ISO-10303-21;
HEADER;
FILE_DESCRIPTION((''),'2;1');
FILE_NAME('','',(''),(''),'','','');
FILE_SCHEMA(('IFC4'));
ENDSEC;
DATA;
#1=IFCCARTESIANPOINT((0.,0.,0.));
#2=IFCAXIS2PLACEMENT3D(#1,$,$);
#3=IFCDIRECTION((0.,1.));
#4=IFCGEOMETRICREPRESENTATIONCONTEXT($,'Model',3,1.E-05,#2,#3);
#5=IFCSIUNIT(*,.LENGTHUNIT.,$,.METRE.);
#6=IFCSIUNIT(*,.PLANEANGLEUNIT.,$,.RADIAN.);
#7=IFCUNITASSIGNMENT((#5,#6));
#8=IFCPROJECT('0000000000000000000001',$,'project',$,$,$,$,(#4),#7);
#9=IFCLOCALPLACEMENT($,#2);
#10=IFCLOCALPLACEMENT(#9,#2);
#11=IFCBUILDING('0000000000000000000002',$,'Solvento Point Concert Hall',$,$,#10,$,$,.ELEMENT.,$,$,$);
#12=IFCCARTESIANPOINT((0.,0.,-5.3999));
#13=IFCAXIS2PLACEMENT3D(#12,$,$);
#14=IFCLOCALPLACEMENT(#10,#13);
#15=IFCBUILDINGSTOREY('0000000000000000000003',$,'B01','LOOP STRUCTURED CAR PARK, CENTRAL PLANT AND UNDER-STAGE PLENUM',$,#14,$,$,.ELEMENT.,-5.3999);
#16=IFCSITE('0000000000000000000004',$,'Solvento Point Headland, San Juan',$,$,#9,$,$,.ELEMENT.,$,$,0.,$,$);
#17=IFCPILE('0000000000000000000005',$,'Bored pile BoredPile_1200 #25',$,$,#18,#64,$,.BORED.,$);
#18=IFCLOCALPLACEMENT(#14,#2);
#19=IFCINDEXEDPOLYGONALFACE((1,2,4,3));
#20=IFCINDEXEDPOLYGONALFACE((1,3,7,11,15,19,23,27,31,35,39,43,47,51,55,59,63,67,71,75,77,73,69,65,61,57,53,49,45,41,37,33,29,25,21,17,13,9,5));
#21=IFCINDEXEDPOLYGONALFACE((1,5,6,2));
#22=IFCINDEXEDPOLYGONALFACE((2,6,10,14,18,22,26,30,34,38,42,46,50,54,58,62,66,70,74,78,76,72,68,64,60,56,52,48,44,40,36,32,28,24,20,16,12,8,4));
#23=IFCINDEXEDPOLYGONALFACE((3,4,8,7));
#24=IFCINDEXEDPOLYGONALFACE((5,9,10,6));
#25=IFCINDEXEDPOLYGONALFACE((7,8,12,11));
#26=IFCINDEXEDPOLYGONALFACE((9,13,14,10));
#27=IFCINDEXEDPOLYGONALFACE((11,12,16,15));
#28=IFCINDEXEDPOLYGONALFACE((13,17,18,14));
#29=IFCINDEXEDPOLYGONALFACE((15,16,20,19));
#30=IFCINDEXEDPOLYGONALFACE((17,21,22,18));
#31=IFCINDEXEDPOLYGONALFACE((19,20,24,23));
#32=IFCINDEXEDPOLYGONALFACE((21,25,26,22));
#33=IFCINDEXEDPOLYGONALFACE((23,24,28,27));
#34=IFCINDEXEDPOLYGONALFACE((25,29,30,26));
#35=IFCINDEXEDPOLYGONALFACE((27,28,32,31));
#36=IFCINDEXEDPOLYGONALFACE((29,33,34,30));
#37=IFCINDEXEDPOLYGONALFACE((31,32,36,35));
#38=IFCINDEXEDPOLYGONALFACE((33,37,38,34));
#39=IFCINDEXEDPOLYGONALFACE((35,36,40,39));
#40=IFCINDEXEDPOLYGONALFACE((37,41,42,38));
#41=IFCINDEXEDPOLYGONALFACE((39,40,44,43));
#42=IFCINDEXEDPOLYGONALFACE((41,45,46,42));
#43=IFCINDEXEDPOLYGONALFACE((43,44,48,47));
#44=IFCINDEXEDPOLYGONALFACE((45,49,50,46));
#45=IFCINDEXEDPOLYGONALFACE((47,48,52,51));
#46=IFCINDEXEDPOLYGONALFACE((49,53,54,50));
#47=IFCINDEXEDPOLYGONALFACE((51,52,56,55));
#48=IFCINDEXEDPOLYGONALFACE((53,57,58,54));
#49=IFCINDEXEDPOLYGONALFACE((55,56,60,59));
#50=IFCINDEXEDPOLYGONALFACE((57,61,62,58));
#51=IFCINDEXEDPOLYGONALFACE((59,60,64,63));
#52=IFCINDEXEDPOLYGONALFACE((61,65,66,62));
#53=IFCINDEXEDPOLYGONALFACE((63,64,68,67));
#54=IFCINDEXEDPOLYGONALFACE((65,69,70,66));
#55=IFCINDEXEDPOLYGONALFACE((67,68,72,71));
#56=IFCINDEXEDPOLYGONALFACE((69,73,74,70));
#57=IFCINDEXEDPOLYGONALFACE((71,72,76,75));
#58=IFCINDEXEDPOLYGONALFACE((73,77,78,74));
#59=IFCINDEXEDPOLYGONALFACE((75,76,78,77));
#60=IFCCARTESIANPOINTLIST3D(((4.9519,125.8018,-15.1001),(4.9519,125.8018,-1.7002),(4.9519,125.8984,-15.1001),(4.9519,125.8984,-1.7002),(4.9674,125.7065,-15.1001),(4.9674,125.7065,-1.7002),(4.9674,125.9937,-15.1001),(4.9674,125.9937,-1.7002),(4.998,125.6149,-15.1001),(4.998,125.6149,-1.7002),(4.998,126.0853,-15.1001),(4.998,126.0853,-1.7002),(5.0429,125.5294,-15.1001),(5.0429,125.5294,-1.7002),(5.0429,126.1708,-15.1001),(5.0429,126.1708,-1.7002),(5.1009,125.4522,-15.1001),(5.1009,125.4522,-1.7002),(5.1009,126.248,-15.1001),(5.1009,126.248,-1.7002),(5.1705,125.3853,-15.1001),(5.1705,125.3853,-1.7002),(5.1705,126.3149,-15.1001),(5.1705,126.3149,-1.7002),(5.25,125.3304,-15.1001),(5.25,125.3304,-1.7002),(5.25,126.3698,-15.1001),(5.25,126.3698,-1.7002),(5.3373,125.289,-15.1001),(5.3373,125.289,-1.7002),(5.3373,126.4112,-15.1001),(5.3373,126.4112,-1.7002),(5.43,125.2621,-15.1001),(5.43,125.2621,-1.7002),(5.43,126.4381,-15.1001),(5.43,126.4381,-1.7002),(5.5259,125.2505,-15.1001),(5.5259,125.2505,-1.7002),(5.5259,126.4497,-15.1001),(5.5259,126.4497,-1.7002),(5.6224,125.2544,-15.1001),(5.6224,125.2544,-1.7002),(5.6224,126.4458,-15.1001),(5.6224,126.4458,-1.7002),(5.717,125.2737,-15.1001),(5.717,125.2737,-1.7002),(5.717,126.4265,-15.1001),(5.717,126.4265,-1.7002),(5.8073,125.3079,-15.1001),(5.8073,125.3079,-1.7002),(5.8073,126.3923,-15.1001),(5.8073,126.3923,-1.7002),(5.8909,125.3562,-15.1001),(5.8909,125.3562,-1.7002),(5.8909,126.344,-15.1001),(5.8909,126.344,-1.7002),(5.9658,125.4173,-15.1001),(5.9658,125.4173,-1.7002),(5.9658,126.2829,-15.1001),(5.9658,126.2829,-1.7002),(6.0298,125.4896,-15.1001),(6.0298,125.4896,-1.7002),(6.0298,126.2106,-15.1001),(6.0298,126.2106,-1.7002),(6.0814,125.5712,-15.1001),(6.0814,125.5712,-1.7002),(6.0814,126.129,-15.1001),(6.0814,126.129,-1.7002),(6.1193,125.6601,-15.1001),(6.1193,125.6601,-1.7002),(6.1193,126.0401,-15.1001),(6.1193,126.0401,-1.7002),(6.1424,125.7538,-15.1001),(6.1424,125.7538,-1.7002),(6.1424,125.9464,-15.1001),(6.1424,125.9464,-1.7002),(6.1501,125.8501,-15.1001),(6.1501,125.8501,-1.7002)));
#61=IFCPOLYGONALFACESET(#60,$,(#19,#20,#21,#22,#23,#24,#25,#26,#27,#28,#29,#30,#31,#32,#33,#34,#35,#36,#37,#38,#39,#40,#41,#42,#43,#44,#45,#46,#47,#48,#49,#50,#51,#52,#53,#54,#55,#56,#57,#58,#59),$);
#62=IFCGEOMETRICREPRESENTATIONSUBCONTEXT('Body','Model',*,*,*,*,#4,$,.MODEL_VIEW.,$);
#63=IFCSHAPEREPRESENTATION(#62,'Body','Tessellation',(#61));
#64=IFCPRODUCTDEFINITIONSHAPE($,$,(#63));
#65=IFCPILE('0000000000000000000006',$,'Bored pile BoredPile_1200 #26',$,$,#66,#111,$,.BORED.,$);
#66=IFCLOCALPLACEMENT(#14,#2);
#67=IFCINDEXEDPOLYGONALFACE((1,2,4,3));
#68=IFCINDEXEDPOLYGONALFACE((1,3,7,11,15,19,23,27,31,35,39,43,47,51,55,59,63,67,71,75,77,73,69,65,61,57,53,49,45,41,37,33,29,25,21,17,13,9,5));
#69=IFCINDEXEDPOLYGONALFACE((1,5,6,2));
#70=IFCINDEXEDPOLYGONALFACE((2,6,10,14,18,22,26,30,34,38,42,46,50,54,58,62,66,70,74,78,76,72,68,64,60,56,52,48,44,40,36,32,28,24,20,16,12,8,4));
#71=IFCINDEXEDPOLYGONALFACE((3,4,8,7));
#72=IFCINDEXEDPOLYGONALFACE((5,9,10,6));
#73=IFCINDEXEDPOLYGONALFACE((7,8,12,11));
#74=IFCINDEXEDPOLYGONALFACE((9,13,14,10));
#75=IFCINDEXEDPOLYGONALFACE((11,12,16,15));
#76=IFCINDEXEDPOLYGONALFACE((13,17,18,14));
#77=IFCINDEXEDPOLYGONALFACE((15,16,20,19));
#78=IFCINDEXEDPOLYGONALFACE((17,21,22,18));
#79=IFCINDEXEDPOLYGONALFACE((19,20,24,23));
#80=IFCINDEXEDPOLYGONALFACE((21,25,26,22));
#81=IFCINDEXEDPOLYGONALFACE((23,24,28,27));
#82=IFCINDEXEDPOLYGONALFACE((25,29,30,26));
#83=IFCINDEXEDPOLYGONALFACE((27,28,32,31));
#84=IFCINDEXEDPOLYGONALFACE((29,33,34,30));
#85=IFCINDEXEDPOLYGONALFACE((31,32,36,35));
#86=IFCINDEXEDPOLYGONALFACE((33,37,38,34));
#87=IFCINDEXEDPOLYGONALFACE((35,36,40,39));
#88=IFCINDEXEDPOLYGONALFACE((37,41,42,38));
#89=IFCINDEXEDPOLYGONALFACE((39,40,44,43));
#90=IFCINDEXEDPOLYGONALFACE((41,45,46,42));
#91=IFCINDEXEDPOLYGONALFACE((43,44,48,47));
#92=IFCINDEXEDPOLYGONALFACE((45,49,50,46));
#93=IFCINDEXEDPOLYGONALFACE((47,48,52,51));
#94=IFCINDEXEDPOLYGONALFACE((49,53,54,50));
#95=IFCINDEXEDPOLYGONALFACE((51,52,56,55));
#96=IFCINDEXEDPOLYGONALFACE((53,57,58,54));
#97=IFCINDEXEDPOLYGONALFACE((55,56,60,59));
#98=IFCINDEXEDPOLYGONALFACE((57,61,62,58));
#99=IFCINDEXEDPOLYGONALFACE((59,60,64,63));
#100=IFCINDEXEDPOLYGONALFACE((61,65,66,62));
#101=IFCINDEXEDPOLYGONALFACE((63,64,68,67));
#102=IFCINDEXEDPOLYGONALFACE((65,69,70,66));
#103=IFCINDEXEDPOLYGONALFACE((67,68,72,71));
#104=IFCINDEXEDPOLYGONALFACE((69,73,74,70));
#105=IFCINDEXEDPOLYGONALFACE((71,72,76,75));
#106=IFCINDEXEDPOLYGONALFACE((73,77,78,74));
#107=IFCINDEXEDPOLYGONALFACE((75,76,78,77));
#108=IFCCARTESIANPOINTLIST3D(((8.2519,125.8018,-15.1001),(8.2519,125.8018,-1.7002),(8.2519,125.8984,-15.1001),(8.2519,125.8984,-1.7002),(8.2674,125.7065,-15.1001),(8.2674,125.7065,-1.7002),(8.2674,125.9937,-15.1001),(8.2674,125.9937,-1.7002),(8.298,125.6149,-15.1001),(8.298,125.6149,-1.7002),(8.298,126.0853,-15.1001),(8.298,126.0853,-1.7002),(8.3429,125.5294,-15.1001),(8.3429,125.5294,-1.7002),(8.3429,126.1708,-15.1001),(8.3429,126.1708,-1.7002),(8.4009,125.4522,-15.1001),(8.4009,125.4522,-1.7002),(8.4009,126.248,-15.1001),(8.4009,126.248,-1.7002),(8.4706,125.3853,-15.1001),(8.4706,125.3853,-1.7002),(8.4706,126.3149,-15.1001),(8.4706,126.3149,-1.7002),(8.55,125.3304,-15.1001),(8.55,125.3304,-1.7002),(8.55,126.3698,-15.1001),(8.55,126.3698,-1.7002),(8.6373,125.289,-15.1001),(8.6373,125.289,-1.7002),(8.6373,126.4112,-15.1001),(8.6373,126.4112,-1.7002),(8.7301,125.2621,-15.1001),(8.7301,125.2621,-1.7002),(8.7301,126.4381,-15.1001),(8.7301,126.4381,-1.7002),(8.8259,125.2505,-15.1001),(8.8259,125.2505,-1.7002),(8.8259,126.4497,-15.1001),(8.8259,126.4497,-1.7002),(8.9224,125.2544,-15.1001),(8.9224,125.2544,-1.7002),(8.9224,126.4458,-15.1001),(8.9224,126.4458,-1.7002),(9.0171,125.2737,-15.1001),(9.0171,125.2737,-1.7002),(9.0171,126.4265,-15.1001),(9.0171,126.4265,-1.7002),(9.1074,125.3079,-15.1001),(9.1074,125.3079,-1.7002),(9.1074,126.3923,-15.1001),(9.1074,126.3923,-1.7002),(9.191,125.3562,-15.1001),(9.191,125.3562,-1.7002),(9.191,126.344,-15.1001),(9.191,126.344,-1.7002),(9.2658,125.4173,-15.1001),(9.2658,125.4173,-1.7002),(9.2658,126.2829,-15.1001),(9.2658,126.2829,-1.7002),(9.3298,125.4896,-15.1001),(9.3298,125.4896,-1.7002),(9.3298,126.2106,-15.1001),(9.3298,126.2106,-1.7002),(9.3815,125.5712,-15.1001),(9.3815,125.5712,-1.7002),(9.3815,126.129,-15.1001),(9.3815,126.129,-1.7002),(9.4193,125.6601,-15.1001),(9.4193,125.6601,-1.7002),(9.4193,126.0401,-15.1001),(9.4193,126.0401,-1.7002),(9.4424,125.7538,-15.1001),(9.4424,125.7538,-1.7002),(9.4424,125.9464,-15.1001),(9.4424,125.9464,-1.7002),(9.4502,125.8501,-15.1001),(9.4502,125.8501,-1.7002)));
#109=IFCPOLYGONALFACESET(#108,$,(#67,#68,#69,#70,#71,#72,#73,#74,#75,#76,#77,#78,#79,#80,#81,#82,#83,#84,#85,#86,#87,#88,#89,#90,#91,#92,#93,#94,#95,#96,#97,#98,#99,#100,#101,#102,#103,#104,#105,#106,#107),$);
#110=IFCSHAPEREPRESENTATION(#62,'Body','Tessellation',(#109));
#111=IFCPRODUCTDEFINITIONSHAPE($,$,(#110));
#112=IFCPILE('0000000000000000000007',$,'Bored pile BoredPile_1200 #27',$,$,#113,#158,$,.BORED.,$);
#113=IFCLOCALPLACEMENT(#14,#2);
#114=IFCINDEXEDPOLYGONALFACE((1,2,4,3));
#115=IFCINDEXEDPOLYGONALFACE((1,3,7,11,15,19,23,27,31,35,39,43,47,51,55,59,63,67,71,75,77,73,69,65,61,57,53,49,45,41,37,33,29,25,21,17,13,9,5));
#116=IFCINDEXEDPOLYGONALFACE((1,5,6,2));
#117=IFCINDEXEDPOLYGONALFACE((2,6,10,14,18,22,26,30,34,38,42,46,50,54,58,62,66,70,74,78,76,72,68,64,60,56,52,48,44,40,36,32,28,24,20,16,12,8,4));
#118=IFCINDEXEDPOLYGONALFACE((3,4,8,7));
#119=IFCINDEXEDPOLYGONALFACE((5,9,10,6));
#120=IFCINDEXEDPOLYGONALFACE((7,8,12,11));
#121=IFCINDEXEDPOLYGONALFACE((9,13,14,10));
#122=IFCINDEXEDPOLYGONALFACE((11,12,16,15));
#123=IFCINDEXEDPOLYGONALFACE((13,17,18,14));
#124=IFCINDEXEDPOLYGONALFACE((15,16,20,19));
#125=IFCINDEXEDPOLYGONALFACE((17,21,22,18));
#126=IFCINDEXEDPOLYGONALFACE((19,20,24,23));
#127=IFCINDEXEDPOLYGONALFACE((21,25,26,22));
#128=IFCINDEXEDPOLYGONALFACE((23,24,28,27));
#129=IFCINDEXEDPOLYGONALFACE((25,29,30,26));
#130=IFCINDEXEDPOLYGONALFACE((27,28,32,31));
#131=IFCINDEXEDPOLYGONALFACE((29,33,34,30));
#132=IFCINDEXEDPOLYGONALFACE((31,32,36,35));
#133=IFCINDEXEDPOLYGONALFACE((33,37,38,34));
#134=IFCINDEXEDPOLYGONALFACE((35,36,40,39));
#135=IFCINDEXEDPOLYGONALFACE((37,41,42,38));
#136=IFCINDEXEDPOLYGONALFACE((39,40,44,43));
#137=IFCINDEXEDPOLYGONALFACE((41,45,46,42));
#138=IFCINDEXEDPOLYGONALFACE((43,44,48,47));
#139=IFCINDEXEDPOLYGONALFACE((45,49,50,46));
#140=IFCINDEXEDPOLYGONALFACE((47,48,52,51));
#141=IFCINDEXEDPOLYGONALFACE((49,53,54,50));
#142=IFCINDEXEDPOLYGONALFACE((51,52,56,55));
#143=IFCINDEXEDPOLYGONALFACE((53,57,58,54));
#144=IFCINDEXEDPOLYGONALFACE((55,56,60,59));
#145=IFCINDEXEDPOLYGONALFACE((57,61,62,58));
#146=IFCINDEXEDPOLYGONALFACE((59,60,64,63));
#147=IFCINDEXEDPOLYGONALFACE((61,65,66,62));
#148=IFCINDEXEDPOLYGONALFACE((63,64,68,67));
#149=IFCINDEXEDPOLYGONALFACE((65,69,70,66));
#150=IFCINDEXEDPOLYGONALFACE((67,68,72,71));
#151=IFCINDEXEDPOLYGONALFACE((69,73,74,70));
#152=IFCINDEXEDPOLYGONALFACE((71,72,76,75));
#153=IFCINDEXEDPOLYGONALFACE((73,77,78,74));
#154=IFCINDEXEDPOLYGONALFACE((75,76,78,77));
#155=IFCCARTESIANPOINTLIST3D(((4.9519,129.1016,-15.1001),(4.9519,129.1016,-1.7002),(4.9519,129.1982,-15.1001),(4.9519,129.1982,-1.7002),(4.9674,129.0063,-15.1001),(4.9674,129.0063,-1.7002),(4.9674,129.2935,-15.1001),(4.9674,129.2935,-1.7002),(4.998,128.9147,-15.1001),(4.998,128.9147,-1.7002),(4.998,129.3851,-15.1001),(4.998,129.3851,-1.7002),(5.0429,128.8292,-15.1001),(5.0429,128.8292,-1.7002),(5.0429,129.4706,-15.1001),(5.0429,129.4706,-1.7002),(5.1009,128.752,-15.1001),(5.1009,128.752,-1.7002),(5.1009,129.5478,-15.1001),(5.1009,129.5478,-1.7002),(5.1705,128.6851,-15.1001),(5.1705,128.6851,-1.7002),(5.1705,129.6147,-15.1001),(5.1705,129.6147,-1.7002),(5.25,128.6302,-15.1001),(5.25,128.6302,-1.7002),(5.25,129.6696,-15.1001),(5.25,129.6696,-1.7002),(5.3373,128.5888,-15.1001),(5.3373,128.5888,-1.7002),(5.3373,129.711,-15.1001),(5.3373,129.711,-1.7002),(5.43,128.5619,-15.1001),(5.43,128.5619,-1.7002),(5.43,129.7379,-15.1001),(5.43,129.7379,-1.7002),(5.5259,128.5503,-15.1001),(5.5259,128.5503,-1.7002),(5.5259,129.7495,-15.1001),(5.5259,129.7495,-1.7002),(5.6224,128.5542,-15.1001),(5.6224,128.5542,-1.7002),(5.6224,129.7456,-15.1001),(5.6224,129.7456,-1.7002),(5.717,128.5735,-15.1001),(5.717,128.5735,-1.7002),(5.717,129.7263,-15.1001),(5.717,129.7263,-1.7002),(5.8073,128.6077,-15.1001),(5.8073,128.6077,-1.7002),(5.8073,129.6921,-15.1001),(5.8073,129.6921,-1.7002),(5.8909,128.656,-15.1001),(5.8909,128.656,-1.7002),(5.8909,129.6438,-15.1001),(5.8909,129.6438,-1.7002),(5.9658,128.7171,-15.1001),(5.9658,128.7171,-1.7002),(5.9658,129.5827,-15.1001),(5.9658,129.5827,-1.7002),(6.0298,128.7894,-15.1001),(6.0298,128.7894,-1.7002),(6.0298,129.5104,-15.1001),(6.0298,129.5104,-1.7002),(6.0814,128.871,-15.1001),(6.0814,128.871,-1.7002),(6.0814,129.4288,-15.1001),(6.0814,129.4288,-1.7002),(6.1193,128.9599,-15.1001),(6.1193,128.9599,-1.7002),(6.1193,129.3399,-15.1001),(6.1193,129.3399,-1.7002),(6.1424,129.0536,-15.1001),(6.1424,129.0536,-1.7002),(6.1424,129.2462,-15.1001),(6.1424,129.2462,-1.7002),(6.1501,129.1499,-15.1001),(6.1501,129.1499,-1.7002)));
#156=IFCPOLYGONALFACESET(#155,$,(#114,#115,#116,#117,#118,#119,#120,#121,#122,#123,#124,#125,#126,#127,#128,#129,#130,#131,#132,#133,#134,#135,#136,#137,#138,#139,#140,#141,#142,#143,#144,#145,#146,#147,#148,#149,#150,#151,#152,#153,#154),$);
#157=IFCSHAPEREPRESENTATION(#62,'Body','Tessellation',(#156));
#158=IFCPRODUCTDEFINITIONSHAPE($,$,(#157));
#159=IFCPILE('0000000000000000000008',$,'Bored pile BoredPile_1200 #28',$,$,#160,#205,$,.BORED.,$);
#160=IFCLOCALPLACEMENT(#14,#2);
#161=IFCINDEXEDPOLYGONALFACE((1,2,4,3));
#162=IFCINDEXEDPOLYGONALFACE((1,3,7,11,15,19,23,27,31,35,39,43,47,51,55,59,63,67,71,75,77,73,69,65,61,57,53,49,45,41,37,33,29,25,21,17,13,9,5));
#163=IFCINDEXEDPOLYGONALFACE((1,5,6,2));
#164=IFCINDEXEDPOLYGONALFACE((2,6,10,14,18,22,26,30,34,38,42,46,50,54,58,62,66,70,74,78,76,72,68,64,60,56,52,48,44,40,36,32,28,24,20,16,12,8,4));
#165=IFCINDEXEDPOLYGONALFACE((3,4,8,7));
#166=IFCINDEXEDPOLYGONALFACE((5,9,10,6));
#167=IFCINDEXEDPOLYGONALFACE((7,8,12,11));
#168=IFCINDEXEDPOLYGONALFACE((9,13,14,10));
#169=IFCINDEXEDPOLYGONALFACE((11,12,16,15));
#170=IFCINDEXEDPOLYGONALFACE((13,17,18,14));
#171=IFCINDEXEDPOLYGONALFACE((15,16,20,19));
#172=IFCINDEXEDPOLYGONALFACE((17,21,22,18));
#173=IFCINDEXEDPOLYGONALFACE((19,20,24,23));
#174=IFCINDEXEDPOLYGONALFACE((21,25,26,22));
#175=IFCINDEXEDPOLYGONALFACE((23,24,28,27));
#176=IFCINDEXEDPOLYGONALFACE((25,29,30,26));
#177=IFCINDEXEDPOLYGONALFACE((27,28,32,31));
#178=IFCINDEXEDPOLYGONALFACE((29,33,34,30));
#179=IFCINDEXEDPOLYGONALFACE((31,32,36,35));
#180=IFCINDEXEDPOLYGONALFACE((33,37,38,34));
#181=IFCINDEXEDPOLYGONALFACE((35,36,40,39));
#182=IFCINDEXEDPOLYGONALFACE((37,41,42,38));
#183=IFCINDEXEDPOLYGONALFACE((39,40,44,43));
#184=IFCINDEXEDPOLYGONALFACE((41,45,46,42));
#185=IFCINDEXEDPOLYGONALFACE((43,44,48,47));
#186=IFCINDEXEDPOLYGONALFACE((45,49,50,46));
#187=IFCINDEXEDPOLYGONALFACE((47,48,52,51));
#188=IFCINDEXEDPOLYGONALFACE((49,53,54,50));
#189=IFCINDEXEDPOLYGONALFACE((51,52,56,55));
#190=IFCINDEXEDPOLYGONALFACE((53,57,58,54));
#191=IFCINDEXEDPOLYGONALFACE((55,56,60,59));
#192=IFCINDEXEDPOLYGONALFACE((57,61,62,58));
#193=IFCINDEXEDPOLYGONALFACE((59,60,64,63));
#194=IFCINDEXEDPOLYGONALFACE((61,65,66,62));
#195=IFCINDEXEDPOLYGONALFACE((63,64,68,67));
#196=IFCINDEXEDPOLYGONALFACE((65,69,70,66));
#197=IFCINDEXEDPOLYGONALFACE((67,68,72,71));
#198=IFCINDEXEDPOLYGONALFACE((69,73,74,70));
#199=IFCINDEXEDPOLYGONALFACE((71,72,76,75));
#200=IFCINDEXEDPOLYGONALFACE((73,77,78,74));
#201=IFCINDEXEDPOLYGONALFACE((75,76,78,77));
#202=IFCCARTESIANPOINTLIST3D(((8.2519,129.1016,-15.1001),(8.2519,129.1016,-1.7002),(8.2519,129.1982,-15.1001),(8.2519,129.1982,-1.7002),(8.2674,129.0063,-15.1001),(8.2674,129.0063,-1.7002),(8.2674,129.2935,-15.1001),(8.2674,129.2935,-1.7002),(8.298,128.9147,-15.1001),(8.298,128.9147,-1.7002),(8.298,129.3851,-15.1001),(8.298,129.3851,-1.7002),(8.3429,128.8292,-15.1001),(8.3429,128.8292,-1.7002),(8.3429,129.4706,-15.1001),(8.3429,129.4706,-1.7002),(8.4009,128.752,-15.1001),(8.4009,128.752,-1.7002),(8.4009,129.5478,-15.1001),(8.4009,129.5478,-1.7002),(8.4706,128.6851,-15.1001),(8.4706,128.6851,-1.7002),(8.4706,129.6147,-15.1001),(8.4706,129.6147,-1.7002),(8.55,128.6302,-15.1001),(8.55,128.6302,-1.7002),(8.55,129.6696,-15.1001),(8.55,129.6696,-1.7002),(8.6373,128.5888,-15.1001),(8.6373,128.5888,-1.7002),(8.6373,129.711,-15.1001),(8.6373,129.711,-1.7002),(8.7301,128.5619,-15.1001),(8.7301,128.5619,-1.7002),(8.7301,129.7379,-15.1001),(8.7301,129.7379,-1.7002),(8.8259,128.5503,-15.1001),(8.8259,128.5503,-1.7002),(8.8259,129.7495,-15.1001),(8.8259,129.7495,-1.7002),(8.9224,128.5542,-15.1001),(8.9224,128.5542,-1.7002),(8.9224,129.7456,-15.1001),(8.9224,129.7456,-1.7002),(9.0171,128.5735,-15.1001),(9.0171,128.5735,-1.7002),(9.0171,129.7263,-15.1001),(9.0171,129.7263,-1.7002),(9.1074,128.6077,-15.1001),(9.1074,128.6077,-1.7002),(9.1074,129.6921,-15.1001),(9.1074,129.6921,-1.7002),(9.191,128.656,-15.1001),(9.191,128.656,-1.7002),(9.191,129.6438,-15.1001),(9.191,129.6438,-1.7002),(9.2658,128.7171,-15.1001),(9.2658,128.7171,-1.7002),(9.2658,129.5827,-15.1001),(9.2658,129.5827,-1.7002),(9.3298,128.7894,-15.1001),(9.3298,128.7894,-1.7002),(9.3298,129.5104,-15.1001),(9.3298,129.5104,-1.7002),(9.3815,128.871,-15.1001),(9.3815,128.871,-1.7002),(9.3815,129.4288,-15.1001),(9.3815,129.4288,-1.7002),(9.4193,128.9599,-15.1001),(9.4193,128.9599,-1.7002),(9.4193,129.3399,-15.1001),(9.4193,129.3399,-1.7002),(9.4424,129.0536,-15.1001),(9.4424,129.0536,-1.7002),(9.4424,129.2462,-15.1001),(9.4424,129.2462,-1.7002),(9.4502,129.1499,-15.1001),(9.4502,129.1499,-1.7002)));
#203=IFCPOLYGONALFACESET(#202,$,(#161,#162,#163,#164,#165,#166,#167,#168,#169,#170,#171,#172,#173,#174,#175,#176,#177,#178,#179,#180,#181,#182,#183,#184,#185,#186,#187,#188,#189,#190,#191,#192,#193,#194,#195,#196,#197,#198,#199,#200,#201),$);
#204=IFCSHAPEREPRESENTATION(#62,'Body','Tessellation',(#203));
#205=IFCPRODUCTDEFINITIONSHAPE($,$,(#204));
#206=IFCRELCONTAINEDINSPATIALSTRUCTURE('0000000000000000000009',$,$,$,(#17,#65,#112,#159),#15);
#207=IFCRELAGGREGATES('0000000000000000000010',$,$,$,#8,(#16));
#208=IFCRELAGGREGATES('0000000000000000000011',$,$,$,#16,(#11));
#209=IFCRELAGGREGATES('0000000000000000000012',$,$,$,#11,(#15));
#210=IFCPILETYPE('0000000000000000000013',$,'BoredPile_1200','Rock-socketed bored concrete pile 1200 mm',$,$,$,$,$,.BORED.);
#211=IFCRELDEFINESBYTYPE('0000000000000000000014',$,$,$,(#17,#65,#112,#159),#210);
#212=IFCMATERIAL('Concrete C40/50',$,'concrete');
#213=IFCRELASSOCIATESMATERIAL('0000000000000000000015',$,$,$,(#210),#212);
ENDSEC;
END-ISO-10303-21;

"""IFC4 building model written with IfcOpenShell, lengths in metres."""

from ifc_helpers import new_model, si_unit, direction, frame, origin, origin_2d, place, context, subcontext, project, spatial, circle, extrude, material, material_profile, profile_set, type_object, element, save


model = new_model("IFC4")

# Units and contexts
model_context = context("Model", 3, precision=1e-05, world=origin(), true_north=direction((0.0, 1.0)))
body_context = subcontext(model_context, "Body", "Model", "MODEL_VIEW")
ifc_project = project(units=[si_unit("LENGTHUNIT", "METRE"), si_unit("PLANEANGLEUNIT", "RADIAN")], contexts=[model_context])

# Site, building, storey
site_placement = place(None, origin())
site = spatial("IfcSite", under=ifc_project, at=site_placement, Name="Solvento Point Headland, San Juan", CompositionType="ELEMENT", RefElevation=0.0)
building_placement = place(site_placement, origin())
building = spatial("IfcBuilding", under=site, at=building_placement, Name="Solvento Point Concert Hall", CompositionType="ELEMENT")
storey_placement = place(building_placement, frame((0.0, 0.0, -5.3999)))
storey = spatial("IfcBuildingStorey", under=building, at=storey_placement, Name="B01", Description="LOOP STRUCTURED CAR PARK, CENTRAL PLANT AND UNDER-STAGE PLENUM", CompositionType="ELEMENT", Elevation=-5.3999)

# Piles
ifc_material_1 = material(Name="Concrete C40/50", Category="concrete")
ifc_material_profile_1 = material_profile(ifc_material_1, circle(Radius=0.6001, at=origin_2d()), Name="BP-1200")
ifc_profile_set_1 = profile_set([ifc_material_profile_1], Name="Concrete C40/50")
pile_type_1 = type_object("IfcPileType", Name="BoredPile_1200", Description="Rock-socketed bored concrete pile 1200 mm", PredefinedType="BORED", material=ifc_profile_set_1)
for number, where, z_axis, x_axis, name in (
    (1, (5.55, 125.8501, -1.7002), (0.0, 0.0, -1.0), (1.0, 0.0, 0.0), "Bored pile BoredPile_1200 #25"),
    (2, (8.8501, 125.8501, -1.7002), (0.0, 0.0, -1.0), (1.0, 0.0, 0.0), "Bored pile BoredPile_1200 #26"),
    (3, (5.55, 129.1499, -1.7002), (0.0, 0.0, -1.0), (1.0, 0.0, 0.0), "Bored pile BoredPile_1200 #27"),
    (4, (8.8501, 129.1499, -1.7002), (0.0, 0.0, -1.0), (1.0, 0.0, 0.0), "Bored pile BoredPile_1200 #28"),
):
    element("IfcPile", number, at=place(storey_placement, frame(where, z_axis=z_axis, x_axis=x_axis)), inside=storey, type_object=pile_type_1, Name=name, PredefinedType="BORED", context=body_context, shape_type="SweptSolid", body=[
        extrude(circle(Radius=0.6001, at=origin_2d()), origin(), (0.0, 0.0, 1.0), 13.3999),
    ])

save(model, "model.ifc")
